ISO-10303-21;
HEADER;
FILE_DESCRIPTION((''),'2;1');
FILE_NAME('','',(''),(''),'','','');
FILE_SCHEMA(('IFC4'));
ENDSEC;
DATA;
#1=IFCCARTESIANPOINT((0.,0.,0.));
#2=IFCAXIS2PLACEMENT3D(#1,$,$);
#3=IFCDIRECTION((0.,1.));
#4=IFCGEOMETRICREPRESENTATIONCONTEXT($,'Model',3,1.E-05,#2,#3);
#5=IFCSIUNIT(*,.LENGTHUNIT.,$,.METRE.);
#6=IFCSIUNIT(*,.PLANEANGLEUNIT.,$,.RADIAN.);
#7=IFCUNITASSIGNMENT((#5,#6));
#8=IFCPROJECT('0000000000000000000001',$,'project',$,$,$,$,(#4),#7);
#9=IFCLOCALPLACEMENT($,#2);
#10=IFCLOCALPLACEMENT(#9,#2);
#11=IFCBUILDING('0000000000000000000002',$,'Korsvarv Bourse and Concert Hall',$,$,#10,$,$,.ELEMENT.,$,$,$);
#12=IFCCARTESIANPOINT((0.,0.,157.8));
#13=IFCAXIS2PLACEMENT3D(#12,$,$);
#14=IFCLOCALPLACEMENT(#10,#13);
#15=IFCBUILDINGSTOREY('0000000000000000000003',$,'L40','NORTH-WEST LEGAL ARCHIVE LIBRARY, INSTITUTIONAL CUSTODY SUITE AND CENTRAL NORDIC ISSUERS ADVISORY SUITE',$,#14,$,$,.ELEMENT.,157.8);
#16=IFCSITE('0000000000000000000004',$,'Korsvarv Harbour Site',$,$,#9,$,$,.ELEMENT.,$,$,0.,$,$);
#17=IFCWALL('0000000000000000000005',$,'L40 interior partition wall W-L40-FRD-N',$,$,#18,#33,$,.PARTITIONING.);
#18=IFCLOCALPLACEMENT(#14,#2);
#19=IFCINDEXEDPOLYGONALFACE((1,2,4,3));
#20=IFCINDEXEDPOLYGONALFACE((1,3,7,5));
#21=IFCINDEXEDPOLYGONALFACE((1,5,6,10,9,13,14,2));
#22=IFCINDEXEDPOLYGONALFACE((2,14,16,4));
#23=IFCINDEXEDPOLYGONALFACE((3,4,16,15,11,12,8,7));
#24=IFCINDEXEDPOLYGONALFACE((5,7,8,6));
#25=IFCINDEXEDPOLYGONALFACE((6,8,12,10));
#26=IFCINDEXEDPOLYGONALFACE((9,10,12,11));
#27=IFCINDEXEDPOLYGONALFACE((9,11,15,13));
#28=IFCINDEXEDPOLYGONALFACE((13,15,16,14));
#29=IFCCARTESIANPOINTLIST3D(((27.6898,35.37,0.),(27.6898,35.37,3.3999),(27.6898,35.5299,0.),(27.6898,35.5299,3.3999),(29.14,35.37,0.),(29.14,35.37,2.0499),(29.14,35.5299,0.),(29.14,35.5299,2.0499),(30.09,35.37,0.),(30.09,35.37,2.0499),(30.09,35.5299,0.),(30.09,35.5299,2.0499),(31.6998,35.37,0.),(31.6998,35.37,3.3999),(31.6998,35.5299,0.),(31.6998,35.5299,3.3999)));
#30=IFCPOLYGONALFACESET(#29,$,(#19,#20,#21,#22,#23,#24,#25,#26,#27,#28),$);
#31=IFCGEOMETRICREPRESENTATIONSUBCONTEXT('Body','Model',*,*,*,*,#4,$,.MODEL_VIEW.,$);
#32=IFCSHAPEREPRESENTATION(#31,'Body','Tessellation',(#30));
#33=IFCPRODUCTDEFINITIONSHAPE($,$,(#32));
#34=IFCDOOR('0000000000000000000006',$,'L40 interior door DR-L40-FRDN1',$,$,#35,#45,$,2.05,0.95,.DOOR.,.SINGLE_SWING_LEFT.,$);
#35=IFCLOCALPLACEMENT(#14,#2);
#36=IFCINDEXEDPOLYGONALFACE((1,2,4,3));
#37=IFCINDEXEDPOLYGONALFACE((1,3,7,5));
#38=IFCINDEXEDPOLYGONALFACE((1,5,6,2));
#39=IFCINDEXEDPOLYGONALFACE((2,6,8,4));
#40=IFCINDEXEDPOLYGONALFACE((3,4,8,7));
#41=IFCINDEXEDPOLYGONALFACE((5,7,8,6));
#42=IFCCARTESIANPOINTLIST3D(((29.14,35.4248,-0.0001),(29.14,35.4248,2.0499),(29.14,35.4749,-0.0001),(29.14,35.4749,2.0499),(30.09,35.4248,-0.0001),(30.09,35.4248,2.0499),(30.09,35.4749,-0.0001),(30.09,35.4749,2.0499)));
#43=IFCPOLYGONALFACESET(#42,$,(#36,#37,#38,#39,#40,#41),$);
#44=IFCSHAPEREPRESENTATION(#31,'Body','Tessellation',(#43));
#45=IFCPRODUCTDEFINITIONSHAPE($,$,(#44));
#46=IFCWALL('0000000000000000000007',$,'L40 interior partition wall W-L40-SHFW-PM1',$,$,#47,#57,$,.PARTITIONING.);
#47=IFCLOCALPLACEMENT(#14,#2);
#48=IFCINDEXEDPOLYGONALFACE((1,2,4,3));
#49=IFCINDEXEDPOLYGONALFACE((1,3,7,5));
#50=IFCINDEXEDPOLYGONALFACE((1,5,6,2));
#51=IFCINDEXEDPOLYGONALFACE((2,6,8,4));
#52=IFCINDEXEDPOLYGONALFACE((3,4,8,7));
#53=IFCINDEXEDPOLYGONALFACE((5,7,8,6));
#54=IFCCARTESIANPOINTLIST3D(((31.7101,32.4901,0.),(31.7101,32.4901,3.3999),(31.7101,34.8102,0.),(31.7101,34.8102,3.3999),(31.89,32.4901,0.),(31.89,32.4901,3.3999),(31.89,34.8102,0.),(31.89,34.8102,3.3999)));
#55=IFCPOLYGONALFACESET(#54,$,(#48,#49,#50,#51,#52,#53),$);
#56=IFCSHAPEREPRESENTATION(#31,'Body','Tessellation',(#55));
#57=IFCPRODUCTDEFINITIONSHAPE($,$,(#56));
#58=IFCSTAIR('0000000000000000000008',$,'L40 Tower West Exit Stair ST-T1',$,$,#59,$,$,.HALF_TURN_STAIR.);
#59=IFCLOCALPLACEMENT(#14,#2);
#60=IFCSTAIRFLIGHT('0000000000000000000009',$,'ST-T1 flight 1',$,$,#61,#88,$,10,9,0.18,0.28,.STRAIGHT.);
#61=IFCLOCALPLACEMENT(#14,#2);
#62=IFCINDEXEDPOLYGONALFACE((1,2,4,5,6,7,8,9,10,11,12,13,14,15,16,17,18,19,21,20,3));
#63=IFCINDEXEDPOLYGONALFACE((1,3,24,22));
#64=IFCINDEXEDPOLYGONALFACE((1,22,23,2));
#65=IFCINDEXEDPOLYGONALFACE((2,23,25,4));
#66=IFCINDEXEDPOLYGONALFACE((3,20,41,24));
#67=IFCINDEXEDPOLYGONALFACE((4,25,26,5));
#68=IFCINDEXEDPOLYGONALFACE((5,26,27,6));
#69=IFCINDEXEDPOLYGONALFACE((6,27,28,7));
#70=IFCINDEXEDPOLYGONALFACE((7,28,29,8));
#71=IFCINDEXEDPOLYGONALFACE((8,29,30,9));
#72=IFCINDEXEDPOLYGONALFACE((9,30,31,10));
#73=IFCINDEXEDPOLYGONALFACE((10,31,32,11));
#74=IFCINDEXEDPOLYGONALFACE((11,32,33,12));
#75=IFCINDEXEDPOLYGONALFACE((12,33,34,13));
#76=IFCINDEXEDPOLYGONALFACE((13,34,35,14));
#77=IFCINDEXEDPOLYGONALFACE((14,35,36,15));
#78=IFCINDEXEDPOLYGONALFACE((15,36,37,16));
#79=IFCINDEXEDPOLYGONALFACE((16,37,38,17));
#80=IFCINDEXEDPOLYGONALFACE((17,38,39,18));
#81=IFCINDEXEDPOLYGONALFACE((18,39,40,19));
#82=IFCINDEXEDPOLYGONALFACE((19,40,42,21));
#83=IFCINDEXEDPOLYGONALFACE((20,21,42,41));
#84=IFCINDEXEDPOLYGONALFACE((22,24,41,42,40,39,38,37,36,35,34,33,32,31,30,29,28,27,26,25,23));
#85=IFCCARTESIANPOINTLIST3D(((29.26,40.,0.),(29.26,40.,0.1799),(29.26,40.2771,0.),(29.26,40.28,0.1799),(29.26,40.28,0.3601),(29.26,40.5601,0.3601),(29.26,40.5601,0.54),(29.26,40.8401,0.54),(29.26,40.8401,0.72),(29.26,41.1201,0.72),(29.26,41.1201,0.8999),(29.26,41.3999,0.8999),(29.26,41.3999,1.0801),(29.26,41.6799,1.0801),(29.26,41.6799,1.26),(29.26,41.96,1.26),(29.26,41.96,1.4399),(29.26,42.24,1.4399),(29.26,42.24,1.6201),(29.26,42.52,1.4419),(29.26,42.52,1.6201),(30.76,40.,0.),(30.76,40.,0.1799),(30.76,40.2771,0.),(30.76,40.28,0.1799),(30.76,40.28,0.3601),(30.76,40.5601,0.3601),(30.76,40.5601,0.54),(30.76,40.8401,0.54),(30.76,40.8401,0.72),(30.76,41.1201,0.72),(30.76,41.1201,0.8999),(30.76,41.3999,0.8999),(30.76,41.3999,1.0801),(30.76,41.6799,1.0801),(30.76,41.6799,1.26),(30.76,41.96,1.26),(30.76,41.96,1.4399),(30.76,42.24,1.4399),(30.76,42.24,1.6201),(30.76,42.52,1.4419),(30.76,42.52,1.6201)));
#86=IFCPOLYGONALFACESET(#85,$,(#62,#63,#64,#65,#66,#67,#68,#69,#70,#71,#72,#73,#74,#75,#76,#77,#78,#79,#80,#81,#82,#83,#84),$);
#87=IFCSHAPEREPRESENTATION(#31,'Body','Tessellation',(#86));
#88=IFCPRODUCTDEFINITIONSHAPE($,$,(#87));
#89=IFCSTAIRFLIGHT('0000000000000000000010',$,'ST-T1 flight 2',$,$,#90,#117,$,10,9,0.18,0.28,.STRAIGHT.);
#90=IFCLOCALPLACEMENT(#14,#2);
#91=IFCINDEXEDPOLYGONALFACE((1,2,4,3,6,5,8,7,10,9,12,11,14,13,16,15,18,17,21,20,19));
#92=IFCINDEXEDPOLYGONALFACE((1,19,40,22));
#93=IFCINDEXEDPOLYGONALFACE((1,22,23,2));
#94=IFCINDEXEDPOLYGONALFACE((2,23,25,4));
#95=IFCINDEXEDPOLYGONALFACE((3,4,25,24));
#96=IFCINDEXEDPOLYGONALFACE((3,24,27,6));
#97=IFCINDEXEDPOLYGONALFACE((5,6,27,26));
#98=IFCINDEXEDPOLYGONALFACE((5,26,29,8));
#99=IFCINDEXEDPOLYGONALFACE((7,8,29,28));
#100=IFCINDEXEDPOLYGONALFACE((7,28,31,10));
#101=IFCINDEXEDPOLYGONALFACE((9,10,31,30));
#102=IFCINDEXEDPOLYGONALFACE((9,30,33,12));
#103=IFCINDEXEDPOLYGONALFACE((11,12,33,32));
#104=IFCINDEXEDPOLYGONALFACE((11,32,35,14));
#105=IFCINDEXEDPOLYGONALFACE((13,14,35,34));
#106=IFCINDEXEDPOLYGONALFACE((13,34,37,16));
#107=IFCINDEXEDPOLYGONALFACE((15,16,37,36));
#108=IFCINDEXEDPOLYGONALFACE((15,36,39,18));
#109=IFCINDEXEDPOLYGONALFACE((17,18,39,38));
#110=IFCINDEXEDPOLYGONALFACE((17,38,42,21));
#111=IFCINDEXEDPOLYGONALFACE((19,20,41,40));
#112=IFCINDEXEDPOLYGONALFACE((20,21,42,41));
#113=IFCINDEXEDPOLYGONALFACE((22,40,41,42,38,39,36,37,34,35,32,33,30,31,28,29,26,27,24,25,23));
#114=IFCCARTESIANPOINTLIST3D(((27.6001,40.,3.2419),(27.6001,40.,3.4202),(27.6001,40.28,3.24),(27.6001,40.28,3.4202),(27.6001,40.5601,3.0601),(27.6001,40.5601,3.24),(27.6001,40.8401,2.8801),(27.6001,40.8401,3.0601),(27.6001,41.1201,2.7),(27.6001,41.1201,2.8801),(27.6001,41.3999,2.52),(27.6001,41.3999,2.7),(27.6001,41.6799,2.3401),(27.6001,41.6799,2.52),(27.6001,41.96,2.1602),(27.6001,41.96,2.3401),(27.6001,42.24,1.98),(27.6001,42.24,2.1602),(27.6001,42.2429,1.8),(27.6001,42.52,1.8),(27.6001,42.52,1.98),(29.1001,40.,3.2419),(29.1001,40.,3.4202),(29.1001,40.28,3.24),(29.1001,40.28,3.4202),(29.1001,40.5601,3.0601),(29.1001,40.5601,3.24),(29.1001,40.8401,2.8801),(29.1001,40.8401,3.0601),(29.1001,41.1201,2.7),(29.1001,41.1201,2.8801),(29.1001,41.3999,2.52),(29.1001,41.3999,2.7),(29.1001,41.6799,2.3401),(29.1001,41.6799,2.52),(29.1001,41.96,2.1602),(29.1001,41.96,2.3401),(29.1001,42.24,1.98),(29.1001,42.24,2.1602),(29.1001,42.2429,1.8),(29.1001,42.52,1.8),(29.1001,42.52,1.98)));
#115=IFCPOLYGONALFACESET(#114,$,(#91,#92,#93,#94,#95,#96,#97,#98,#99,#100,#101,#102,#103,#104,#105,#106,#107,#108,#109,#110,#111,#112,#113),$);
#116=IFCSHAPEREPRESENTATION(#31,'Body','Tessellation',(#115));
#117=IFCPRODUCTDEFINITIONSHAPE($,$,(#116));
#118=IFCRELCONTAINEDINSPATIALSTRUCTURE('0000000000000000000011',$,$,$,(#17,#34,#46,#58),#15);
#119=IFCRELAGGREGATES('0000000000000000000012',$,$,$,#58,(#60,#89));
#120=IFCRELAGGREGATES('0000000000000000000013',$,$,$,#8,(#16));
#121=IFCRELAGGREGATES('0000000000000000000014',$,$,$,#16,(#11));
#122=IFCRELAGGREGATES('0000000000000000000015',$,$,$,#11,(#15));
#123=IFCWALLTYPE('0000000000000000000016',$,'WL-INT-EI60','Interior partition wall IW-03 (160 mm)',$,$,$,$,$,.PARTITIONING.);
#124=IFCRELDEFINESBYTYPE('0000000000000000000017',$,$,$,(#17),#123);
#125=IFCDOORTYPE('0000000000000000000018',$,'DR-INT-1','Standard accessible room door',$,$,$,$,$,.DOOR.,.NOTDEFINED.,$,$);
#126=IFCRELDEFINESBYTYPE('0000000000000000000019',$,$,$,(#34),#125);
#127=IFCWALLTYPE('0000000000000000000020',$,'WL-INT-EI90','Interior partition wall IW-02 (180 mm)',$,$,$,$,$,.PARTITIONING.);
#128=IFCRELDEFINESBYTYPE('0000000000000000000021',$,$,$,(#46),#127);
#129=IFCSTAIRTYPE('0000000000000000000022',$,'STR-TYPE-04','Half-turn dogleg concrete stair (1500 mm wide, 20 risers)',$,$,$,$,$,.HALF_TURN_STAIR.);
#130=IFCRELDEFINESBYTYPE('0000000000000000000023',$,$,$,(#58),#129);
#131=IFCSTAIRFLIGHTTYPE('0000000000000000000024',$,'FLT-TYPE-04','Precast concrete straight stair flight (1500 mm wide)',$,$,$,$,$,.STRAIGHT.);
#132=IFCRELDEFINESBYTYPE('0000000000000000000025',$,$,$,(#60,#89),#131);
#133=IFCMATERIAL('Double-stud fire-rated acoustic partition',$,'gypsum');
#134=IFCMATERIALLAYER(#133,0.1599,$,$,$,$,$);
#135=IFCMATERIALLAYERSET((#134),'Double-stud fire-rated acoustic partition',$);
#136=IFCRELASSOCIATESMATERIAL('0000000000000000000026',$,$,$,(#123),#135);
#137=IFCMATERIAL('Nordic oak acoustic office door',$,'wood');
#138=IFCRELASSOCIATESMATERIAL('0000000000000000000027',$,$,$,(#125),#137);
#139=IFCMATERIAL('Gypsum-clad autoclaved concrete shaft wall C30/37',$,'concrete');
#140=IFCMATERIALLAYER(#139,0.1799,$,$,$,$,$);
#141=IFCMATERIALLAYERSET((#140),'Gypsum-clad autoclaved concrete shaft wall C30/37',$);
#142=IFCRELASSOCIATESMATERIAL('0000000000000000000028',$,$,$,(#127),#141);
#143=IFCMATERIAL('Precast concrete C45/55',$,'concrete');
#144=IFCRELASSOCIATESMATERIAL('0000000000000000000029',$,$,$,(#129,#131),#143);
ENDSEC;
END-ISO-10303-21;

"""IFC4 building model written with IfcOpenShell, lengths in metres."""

from ifc_helpers import new_model, si_unit, direction, frame, frame_2d, origin, place, context, subcontext, project, spatial, polyline, rectangle, outline, extrude, material, layer, layer_set, type_object, element, fill, aggregate, save


model = new_model("IFC4")

# Units and contexts
model_context = context("Model", 3, precision=1e-05, world=origin(), true_north=direction((0.0, 1.0)))
body_context = subcontext(model_context, "Body", "Model", "MODEL_VIEW")
ifc_project = project(units=[si_unit("LENGTHUNIT", "METRE"), si_unit("PLANEANGLEUNIT", "RADIAN")], contexts=[model_context])

# Site, building, storey
site_placement = place(None, origin())
site = spatial("IfcSite", under=ifc_project, at=site_placement, Name="Korsvarv Harbour Site", CompositionType="ELEMENT", RefElevation=0.0)
building_placement = place(site_placement, origin())
building = spatial("IfcBuilding", under=site, at=building_placement, Name="Korsvarv Bourse and Concert Hall", CompositionType="ELEMENT")
storey_placement = place(building_placement, frame((0.0, 0.0, 157.8)))
storey = spatial("IfcBuildingStorey", under=building, at=storey_placement, Name="L40", Description="NORTH-WEST LEGAL ARCHIVE LIBRARY, INSTITUTIONAL CUSTODY SUITE AND CENTRAL NORDIC ISSUERS ADVISORY SUITE", CompositionType="ELEMENT", Elevation=157.8)

# Shared definitions
ifc_material_1 = material(Name="Double-stud fire-rated acoustic partition", Category="gypsum")
ifc_layer_1 = layer(ifc_material_1, 0.1599)
ifc_layer_set_1 = layer_set([ifc_layer_1], Name="Double-stud fire-rated acoustic partition")
wall_type_1 = type_object("IfcWallType", Name="WL-INT-EI60", Description="Interior partition wall IW-03 (160 mm)", PredefinedType="PARTITIONING", material=ifc_layer_set_1)

# Wall, opening, door
wall_1_placement = place(storey_placement, frame((27.6899, 35.45, 0.0), z_axis=(0.0, 0.0, 1.0), x_axis=(1.0, 0.0, 0.0)))
wall_1 = element("IfcWall", 1, at=wall_1_placement, inside=storey, type_object=wall_type_1, Name="L40 interior partition wall W-L40-FRD-N", PredefinedType="PARTITIONING", context=body_context, shape_type="SweptSolid", body=[
    extrude(rectangle(XDim=4.01, YDim=0.1599, at=frame_2d((2.0049, 0.0))), origin(), (0.0, 0.0, 1.0), 3.3999),
])
opening_1_placement = place(wall_1_placement, frame((1.45, 0.0, 0.0)))
opening_1 = element("IfcOpeningElement", 2, at=opening_1_placement, cuts=wall_1, PredefinedType="OPENING", context=body_context, shape_type="SweptSolid", body=[
    extrude(rectangle(XDim=0.95, YDim=2.05, at=frame_2d((0.4751, 1.0249))), frame((0.0, 0.0898, 0.0), z_axis=(0.0, -1.0, 0.0), x_axis=(1.0, 0.0, 0.0)), (0.0, 0.0, 1.0), 0.1799),
])
ifc_material_2 = material(Name="Nordic oak acoustic office door", Category="wood")
door_type_1 = type_object("IfcDoorType", Name="DR-INT-1", Description="Standard accessible room door", OperationType="NOTDEFINED", PredefinedType="DOOR", material=ifc_material_2)
door_1_placement = place(opening_1_placement, origin())
door_1 = element("IfcDoor", 3, at=door_1_placement, inside=storey, type_object=door_type_1, Name="L40 interior door DR-L40-FRDN1", OperationType="SINGLE_SWING_LEFT", OverallHeight=2.05, OverallWidth=0.95, PredefinedType="DOOR", context=body_context, shape_type="SweptSolid", body=[
    extrude(rectangle(XDim=0.95, YDim=2.05, at=frame_2d((0.4751, 1.0249))), frame((0.0, 0.0249, 0.0), z_axis=(0.0, -1.0, 0.0), x_axis=(1.0, 0.0, 0.0)), (0.0, 0.0, 1.0), 0.05),
])
fill(opening_1, door_1)

# Wall
ifc_material_3 = material(Name="Gypsum-clad autoclaved concrete shaft wall C30/37", Category="concrete")
ifc_layer_2 = layer(ifc_material_3, 0.1799)
ifc_layer_set_2 = layer_set([ifc_layer_2], Name="Gypsum-clad autoclaved concrete shaft wall C30/37")
wall_type_2 = type_object("IfcWallType", Name="WL-INT-EI90", Description="Interior partition wall IW-02 (180 mm)", PredefinedType="PARTITIONING", material=ifc_layer_set_2)
wall_2_placement = place(storey_placement, frame((31.8, 32.49, 0.0), z_axis=(0.0, 0.0, 1.0), x_axis=(0.0, 1.0, 0.0)))
element("IfcWall", 4, at=wall_2_placement, inside=storey, type_object=wall_type_2, Name="L40 interior partition wall W-L40-SHFW-PM1", PredefinedType="PARTITIONING", context=body_context, shape_type="SweptSolid", body=[
    extrude(rectangle(XDim=2.3201, YDim=0.1799, at=frame_2d((1.1602, 0.0))), origin(), (0.0, 0.0, 1.0), 3.3999),
])

# Stair, stair flights
ifc_material_4 = material(Name="Precast concrete C45/55", Category="concrete")
stair_type = type_object("IfcStairType", Name="STR-TYPE-04", Description="Half-turn dogleg concrete stair (1500 mm wide, 20 risers)", PredefinedType="HALF_TURN_STAIR", material=ifc_material_4)
stair_placement = place(storey_placement, origin())
stair = element("IfcStair", 5, at=stair_placement, inside=storey, type_object=stair_type, Name="L40 Tower West Exit Stair ST-T1", PredefinedType="HALF_TURN_STAIR")
stair_flight_type = type_object("IfcStairFlightType", Name="FLT-TYPE-04", Description="Precast concrete straight stair flight (1500 mm wide)", PredefinedType="STRAIGHT", material=ifc_material_4)
stair_flight_1_placement = place(storey_placement, frame((30.01, 40.0, 0.0), z_axis=(0.0, 0.0, 1.0), x_axis=(0.0, 1.0, 0.0)))
stair_flight_1 = element("IfcStairFlight", 6, at=stair_flight_1_placement, type_object=stair_flight_type, Name="ST-T1 flight 1", NumberOfRisers=10, NumberOfTreads=9, PredefinedType="STRAIGHT", RiserHeight=0.18, TreadLength=0.28, context=body_context, shape_type="SweptSolid", body=[
    extrude(outline(polyline([(0.0, 0.0), (0.0, 0.1799), (0.28, 0.1799), (0.28, 0.3601), (0.5601, 0.3601), (0.5601, 0.54), (0.8401, 0.54), (0.8401, 0.72), (1.1201, 0.72), (1.1201, 0.8999), (1.3999, 0.8999), (1.3999, 1.0801), (1.6799, 1.0801), (1.6799, 1.26), (1.96, 1.26), (1.96, 1.4399), (2.24, 1.4399), (2.24, 1.6201), (2.52, 1.6201), (2.52, 1.8), (2.52, 1.4419), (0.2771, 0.0), (0.0, 0.0)])), frame((0.0, 0.75, 0.0), z_axis=(0.0, -1.0, 0.0), x_axis=(1.0, 0.0, 0.0)), (0.0, 0.0, 1.0), 1.5),
])
stair_flight_2_placement = place(storey_placement, frame((28.3501, 42.52, 1.8), z_axis=(0.0, 0.0, 1.0), x_axis=(0.0, -1.0, 0.0)))
stair_flight_2 = element("IfcStairFlight", 7, at=stair_flight_2_placement, type_object=stair_flight_type, Name="ST-T1 flight 2", NumberOfRisers=10, NumberOfTreads=9, PredefinedType="STRAIGHT", RiserHeight=0.18, TreadLength=0.28, context=body_context, shape_type="SweptSolid", body=[
    extrude(outline(polyline([(0.0, 0.0), (0.0, 0.1799), (0.28, 0.1799), (0.28, 0.3601), (0.5601, 0.3601), (0.5601, 0.54), (0.8401, 0.54), (0.8401, 0.72), (1.1201, 0.72), (1.1201, 0.8999), (1.3999, 0.8999), (1.3999, 1.0801), (1.6799, 1.0801), (1.6799, 1.26), (1.96, 1.26), (1.96, 1.4399), (2.24, 1.4399), (2.24, 1.6201), (2.52, 1.6201), (2.52, 1.8), (2.52, 1.4419), (0.2771, 0.0), (0.0, 0.0)])), frame((0.0, 0.75, 0.0), z_axis=(0.0, -1.0, 0.0), x_axis=(1.0, 0.0, 0.0)), (0.0, 0.0, 1.0), 1.5),
])
aggregate(stair, [stair_flight_1, stair_flight_2])

save(model, "model.ifc")
